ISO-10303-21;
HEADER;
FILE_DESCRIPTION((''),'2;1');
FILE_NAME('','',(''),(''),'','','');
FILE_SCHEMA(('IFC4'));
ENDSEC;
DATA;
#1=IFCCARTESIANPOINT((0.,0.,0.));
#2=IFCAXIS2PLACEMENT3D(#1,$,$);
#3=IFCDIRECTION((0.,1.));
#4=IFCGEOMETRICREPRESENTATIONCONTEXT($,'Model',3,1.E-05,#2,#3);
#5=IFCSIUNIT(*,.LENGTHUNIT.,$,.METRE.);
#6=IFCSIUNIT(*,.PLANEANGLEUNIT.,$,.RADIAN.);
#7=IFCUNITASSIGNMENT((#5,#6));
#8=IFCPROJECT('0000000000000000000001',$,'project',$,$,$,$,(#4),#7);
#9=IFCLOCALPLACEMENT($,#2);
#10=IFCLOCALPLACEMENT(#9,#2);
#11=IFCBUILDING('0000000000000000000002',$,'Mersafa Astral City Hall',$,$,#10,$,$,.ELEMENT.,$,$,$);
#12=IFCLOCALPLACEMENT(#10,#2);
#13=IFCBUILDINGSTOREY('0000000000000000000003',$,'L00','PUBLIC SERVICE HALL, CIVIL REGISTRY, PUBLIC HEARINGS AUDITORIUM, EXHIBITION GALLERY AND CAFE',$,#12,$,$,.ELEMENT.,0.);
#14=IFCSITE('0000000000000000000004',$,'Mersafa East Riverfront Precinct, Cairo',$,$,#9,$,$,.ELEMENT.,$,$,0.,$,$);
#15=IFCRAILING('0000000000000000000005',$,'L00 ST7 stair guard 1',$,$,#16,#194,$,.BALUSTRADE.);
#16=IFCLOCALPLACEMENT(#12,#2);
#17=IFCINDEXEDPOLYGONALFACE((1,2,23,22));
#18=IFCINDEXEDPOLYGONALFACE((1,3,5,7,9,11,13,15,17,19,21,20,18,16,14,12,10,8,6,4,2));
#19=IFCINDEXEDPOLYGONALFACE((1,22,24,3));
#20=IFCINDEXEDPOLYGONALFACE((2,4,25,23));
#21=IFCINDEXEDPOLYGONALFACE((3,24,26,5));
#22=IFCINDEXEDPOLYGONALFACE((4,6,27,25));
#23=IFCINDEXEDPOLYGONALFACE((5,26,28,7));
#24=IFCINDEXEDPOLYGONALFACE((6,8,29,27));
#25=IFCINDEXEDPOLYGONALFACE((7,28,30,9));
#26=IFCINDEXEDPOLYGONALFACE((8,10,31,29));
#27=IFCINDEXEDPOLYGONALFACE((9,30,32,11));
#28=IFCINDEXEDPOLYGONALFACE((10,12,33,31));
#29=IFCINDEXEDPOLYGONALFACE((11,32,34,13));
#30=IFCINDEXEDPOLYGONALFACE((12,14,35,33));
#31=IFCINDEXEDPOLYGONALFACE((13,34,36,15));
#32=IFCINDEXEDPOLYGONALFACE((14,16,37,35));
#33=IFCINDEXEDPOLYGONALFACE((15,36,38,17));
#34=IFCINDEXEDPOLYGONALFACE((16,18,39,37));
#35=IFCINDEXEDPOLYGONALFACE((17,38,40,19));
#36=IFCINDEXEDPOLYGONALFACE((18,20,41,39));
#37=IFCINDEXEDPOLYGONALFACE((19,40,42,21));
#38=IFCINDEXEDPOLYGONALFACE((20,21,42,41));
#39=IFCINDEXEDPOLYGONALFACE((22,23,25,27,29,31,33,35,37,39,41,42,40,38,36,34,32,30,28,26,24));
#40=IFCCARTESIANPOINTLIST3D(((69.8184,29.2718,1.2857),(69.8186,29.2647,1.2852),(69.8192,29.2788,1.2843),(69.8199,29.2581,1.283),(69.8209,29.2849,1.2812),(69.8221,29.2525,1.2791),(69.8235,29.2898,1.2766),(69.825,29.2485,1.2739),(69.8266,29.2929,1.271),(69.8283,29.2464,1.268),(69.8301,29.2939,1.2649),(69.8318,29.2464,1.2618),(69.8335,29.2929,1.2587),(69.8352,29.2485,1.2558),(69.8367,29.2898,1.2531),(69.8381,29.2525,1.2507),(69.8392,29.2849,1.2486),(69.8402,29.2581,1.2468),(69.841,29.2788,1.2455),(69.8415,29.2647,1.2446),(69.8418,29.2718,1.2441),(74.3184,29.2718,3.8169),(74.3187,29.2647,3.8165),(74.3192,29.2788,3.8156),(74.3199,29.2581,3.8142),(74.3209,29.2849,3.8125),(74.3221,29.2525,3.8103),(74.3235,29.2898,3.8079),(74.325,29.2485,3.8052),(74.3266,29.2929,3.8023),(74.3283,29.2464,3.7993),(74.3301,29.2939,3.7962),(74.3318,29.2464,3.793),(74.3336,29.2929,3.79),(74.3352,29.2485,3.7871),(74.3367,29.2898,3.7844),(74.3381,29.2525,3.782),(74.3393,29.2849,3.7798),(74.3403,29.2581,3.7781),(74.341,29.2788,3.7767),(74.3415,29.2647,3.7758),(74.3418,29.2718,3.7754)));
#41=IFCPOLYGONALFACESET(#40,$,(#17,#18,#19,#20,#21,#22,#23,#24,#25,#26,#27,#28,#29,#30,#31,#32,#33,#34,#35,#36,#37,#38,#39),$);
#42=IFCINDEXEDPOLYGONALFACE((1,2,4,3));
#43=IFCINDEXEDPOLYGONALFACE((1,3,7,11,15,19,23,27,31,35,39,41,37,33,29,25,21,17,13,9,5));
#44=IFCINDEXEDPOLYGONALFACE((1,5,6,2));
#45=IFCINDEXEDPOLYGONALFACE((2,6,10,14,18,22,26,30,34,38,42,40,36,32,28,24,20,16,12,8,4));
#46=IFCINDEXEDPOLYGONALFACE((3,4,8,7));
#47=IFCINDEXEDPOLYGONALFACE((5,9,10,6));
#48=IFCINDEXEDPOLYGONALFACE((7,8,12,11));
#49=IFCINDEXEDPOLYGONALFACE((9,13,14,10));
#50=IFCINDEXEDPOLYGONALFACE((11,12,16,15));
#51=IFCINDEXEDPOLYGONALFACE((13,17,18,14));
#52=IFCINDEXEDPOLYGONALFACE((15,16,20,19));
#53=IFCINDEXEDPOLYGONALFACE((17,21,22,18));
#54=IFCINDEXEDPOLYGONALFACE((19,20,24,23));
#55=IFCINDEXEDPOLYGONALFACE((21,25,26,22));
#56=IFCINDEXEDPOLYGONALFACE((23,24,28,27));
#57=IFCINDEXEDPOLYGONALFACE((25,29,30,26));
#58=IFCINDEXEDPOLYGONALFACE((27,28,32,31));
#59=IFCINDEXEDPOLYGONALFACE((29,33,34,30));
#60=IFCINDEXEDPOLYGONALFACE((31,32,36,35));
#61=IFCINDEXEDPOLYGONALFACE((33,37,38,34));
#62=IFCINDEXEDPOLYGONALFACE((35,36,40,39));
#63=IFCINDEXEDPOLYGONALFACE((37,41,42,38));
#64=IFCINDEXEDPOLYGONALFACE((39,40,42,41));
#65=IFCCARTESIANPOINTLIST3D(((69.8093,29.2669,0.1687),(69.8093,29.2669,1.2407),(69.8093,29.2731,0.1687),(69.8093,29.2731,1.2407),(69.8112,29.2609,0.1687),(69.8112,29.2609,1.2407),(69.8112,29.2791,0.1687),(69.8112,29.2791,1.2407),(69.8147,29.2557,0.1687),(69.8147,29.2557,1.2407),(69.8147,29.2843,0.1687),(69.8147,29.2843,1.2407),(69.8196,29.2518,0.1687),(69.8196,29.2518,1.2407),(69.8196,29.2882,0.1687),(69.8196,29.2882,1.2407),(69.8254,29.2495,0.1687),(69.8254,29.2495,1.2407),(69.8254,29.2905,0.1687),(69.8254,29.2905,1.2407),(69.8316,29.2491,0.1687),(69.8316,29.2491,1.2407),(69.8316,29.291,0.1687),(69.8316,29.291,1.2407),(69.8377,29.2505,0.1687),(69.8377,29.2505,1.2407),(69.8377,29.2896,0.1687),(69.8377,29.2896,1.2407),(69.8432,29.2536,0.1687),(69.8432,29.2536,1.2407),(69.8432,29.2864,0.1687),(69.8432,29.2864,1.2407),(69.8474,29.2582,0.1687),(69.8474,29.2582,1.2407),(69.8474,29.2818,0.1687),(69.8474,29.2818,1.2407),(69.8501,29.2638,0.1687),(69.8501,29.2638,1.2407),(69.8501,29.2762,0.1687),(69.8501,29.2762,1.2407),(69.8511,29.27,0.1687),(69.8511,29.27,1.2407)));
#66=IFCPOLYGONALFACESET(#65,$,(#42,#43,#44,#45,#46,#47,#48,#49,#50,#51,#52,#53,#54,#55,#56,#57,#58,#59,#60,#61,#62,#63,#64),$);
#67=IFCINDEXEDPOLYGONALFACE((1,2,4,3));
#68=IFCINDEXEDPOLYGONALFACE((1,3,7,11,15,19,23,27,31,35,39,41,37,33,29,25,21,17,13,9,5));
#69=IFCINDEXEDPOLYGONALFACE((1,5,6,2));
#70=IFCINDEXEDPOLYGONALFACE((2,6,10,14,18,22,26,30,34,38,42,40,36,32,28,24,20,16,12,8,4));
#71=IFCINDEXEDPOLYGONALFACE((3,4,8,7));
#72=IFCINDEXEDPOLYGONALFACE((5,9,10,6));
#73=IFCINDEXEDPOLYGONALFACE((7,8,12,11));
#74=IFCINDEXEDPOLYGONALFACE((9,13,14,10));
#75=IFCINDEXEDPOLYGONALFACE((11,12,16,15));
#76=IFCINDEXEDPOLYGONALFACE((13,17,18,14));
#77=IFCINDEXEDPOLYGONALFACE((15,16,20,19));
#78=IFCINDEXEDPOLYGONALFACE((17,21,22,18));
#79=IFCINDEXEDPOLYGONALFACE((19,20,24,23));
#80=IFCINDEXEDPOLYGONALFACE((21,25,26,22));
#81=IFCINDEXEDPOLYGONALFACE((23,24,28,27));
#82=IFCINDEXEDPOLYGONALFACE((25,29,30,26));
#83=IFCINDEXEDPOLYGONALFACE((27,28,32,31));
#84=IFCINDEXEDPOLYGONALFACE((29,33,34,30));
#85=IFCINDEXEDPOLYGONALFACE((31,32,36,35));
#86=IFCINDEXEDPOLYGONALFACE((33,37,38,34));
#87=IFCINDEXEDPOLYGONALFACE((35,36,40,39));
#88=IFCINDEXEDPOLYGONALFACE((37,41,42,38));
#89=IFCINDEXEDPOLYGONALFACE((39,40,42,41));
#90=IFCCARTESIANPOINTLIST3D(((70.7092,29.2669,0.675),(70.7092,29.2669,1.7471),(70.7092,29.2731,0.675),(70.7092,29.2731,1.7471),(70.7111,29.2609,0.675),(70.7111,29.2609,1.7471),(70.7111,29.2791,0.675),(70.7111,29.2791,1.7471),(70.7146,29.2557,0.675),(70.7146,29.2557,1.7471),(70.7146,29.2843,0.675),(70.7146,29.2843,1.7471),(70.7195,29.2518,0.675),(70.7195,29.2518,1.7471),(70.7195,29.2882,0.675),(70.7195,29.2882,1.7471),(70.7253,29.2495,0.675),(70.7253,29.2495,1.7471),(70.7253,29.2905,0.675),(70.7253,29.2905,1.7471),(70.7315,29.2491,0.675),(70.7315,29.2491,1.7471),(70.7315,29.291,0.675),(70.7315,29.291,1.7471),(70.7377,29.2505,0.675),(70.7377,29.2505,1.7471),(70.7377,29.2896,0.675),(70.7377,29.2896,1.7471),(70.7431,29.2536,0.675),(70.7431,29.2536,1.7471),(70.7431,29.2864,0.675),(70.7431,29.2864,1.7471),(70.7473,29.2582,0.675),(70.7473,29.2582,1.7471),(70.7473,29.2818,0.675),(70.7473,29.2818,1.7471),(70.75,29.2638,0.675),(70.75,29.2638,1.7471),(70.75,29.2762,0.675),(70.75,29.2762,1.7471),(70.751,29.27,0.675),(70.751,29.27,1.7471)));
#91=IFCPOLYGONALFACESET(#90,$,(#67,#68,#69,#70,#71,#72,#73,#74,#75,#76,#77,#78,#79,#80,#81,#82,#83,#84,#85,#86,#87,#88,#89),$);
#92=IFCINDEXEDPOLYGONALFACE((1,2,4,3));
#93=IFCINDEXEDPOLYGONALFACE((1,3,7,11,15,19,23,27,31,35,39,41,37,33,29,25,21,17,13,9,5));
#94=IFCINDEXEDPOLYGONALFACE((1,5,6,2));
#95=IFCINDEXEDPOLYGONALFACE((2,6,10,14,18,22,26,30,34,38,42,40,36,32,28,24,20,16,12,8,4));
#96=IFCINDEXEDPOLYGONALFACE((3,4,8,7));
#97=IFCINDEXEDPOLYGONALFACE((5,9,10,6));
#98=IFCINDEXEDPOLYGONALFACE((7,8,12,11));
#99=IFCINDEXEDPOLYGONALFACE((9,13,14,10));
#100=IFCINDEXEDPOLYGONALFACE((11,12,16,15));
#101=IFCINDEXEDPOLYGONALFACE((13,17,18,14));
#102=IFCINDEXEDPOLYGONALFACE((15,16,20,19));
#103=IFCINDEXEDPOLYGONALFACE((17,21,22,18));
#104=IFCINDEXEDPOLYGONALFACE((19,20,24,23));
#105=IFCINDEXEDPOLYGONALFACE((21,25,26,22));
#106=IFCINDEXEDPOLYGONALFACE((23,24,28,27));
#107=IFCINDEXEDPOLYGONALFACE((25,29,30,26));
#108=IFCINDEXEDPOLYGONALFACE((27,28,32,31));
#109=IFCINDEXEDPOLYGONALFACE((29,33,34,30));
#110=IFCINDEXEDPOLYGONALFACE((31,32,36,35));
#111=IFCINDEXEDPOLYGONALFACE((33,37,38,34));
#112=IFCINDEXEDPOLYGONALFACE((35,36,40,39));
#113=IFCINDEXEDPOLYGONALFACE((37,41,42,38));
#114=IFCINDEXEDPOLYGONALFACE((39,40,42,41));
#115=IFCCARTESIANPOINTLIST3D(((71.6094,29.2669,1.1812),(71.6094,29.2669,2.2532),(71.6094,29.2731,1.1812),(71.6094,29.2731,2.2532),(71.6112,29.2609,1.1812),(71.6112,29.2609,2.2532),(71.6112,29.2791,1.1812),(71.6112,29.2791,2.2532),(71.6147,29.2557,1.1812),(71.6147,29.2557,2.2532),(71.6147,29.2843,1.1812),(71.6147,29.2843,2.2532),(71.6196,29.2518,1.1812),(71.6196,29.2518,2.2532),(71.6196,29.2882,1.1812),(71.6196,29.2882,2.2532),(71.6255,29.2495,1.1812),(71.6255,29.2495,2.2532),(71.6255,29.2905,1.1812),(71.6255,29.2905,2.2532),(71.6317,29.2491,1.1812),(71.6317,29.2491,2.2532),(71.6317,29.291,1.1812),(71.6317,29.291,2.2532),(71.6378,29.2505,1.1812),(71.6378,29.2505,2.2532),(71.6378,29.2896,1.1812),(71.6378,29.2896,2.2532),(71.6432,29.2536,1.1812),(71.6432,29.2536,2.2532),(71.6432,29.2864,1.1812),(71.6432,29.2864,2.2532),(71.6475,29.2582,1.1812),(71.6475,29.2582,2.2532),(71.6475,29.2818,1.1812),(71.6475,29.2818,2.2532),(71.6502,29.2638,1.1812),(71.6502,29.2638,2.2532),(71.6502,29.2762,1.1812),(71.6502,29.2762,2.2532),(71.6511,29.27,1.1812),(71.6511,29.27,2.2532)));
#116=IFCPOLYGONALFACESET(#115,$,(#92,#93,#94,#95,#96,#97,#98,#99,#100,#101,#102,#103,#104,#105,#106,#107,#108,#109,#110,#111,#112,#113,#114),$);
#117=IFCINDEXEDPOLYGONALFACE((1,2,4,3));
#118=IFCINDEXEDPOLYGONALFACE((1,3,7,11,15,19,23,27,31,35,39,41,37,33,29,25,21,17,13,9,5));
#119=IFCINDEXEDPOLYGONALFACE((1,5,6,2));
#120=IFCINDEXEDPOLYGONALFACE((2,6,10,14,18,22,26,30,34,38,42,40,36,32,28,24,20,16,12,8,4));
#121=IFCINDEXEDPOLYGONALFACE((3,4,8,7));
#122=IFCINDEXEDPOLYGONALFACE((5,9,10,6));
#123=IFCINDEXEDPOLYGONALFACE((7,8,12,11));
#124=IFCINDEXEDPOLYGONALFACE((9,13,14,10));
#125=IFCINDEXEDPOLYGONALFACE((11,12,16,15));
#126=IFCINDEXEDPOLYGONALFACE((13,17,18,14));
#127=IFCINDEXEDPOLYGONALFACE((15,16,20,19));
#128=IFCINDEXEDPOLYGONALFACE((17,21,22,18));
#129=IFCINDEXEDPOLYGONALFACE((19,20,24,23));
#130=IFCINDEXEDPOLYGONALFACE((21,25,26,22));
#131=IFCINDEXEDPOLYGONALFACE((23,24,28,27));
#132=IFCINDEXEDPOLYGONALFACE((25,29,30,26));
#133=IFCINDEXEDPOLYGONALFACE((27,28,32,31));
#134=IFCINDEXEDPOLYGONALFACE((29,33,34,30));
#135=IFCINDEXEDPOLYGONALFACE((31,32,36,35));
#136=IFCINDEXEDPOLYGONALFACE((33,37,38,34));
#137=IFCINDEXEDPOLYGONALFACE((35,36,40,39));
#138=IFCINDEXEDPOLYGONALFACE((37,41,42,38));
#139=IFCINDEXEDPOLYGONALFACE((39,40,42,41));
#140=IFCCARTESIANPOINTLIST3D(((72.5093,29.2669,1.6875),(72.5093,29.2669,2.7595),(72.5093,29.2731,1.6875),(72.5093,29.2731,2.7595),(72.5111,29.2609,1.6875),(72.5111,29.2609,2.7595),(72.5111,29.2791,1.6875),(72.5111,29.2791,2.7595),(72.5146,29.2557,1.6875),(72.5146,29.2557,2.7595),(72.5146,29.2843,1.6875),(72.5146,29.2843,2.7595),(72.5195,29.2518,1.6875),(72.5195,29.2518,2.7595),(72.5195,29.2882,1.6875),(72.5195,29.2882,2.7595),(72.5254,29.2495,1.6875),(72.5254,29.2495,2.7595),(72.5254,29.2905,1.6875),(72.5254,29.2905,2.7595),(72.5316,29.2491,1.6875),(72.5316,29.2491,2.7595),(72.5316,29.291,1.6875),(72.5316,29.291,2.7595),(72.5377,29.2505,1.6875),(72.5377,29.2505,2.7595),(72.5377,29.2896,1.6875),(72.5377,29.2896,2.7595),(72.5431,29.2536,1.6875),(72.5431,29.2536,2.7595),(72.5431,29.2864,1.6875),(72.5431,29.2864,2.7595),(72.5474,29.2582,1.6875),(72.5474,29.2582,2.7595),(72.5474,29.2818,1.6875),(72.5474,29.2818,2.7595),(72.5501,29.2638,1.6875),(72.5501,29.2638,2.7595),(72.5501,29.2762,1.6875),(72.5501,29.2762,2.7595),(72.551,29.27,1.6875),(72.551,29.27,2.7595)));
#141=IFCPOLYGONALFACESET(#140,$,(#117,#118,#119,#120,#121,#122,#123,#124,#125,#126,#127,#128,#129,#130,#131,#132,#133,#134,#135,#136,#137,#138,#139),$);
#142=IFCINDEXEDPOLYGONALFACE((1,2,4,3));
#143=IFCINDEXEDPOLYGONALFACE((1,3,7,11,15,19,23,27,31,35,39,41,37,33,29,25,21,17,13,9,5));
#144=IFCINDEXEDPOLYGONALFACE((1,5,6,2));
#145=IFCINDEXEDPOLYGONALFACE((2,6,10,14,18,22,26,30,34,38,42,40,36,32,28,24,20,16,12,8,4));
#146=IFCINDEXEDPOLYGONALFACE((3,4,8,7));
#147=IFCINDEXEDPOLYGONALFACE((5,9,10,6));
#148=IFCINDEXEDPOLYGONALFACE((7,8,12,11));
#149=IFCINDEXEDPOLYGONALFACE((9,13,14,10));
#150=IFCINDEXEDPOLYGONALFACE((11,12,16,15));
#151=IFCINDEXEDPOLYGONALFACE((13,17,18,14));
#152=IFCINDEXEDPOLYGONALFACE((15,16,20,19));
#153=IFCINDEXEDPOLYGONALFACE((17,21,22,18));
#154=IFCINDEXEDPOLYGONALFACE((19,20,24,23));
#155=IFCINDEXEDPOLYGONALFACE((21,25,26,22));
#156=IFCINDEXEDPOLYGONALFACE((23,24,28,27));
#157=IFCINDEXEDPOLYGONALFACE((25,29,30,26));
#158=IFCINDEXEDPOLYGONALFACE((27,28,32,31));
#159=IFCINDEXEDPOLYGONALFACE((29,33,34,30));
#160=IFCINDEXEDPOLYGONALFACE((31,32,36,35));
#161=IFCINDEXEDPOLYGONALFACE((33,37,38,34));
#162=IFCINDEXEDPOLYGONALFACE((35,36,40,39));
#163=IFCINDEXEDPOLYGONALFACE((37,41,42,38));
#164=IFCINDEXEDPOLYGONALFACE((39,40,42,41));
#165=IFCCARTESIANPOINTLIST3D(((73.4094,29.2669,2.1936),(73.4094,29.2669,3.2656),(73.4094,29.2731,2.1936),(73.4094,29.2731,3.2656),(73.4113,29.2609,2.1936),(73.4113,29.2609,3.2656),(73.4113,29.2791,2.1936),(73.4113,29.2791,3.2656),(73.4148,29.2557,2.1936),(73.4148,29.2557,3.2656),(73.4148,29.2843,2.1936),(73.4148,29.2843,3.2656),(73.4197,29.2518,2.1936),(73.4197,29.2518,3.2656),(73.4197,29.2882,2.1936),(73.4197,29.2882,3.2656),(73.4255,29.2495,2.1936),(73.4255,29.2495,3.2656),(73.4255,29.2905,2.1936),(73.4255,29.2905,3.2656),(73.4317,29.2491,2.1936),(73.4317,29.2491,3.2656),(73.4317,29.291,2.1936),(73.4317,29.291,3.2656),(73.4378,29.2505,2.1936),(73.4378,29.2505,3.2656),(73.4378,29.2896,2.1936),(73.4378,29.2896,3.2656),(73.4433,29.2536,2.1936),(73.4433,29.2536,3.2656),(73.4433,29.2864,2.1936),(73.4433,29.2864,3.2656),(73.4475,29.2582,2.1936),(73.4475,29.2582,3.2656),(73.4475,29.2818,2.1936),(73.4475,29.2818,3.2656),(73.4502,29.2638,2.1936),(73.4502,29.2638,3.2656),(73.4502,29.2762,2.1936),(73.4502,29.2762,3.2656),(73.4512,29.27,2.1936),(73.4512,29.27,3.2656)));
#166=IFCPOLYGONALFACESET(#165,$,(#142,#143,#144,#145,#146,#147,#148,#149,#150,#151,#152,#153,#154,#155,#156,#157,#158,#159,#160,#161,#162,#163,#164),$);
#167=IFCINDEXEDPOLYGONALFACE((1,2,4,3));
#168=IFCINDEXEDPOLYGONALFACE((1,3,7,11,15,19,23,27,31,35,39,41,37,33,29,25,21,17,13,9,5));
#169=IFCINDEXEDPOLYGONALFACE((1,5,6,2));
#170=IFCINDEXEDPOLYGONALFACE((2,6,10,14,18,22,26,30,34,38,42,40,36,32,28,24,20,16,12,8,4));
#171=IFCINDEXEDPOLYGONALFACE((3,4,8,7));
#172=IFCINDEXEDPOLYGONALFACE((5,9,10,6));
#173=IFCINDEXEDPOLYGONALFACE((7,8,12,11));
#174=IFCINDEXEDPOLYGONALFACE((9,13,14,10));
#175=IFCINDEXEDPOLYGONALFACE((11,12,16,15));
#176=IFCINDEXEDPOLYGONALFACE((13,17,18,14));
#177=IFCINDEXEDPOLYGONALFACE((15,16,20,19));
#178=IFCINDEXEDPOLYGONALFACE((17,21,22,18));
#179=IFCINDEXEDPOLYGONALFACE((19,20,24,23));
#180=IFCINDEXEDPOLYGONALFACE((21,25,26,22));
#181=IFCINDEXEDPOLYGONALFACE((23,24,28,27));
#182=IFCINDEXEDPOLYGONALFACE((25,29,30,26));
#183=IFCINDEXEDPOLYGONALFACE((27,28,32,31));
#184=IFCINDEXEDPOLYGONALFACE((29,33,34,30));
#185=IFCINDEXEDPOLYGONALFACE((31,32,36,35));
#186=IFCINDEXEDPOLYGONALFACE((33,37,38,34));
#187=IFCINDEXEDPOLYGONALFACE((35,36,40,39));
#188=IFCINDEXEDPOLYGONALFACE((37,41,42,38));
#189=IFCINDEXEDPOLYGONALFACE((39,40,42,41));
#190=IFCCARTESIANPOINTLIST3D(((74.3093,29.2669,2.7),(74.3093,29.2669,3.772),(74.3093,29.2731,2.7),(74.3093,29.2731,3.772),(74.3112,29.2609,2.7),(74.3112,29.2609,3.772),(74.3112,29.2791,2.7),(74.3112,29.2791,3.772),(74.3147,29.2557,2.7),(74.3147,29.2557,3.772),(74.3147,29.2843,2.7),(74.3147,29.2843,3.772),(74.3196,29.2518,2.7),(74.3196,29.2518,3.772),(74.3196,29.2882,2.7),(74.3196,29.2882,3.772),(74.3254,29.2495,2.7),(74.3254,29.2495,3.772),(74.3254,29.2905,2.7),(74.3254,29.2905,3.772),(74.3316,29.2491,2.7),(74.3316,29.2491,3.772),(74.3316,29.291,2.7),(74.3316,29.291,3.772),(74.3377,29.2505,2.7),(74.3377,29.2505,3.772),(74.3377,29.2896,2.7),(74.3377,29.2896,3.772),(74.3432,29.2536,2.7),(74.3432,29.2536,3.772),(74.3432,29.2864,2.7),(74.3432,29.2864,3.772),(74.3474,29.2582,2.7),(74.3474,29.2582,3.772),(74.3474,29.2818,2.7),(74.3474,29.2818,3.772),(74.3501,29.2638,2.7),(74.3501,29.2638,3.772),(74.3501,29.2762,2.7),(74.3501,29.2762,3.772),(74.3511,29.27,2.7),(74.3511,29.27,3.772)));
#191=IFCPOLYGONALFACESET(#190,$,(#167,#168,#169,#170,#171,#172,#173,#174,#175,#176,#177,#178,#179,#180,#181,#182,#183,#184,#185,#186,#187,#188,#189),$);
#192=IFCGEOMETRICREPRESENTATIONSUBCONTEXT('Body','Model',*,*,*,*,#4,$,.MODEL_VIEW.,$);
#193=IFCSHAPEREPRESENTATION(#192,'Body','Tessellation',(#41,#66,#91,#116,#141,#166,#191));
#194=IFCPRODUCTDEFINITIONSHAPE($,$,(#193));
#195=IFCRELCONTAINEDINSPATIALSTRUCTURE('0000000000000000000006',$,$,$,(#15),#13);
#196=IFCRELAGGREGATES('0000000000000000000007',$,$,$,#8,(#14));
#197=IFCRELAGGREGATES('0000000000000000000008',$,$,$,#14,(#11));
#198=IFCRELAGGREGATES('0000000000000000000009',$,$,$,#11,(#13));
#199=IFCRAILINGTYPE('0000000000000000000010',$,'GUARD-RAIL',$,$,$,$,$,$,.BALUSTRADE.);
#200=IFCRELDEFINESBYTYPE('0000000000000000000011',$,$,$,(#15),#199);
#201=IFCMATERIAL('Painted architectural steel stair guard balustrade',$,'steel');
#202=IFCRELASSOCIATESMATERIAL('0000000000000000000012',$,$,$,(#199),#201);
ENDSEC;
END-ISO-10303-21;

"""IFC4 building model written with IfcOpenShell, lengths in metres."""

from ifc_helpers import new_model, si_unit, direction, frame, origin, origin_2d, place, context, subcontext, project, spatial, circle, extrude, material, type_object, element, save


model = new_model("IFC4")

# Units and contexts
model_context = context("Model", 3, precision=1e-05, world=origin(), true_north=direction((0.0, 1.0)))
body_context = subcontext(model_context, "Body", "Model", "MODEL_VIEW")
ifc_project = project(units=[si_unit("LENGTHUNIT", "METRE"), si_unit("PLANEANGLEUNIT", "RADIAN")], contexts=[model_context])

# Site, building, storey
site_placement = place(None, origin())
site = spatial("IfcSite", under=ifc_project, at=site_placement, Name="Mersafa East Riverfront Precinct, Cairo", CompositionType="ELEMENT", RefElevation=0.0)
building_placement = place(site_placement, origin())
building = spatial("IfcBuilding", under=site, at=building_placement, Name="Mersafa Astral City Hall", CompositionType="ELEMENT")
storey_placement = place(building_placement, origin())
storey = spatial("IfcBuildingStorey", under=building, at=storey_placement, Name="L00", Description="PUBLIC SERVICE HALL, CIVIL REGISTRY, PUBLIC HEARINGS AUDITORIUM, EXHIBITION GALLERY AND CAFE", CompositionType="ELEMENT", Elevation=0.0)

# Railing
ifc_material_1 = material(Name="Painted architectural steel stair guard balustrade", Category="steel")
railing_type_1 = type_object("IfcRailingType", Name="GUARD-RAIL", PredefinedType="BALUSTRADE", material=ifc_material_1)
railing_1_placement = place(storey_placement, frame((69.8301, 29.27, 0.1687)))
element("IfcRailing", 1, at=railing_1_placement, inside=storey, type_object=railing_type_1, Name="L00 ST7 stair guard 1", PredefinedType="BALUSTRADE", context=body_context, shape_type="SweptSolid", body=[
    extrude(circle(Radius=0.0239, at=origin_2d()), frame((0.0, 0.0, 1.0962), z_axis=(0.871576, 0.0, 0.490261), x_axis=(0.0, 1.0, 0.0)), (0.0, 0.0, 1.0), 5.1631),
    extrude(circle(Radius=0.021, at=origin_2d()), origin(), (0.0, 0.0, 1.0), 1.072),
    extrude(circle(Radius=0.021, at=origin_2d()), frame((0.8999, 0.0, 0.5063)), (0.0, 0.0, 1.0), 1.072),
    extrude(circle(Radius=0.021, at=origin_2d()), frame((1.8, 0.0, 1.0125)), (0.0, 0.0, 1.0), 1.072),
    extrude(circle(Radius=0.021, at=origin_2d()), frame((2.7, 0.0, 1.5188)), (0.0, 0.0, 1.0), 1.072),
    extrude(circle(Radius=0.021, at=origin_2d()), frame((3.6001, 0.0, 2.0249)), (0.0, 0.0, 1.0), 1.072),
    extrude(circle(Radius=0.021, at=origin_2d()), frame((4.5, 0.0, 2.5312)), (0.0, 0.0, 1.0), 1.072),
])

save(model, "model.ifc")
